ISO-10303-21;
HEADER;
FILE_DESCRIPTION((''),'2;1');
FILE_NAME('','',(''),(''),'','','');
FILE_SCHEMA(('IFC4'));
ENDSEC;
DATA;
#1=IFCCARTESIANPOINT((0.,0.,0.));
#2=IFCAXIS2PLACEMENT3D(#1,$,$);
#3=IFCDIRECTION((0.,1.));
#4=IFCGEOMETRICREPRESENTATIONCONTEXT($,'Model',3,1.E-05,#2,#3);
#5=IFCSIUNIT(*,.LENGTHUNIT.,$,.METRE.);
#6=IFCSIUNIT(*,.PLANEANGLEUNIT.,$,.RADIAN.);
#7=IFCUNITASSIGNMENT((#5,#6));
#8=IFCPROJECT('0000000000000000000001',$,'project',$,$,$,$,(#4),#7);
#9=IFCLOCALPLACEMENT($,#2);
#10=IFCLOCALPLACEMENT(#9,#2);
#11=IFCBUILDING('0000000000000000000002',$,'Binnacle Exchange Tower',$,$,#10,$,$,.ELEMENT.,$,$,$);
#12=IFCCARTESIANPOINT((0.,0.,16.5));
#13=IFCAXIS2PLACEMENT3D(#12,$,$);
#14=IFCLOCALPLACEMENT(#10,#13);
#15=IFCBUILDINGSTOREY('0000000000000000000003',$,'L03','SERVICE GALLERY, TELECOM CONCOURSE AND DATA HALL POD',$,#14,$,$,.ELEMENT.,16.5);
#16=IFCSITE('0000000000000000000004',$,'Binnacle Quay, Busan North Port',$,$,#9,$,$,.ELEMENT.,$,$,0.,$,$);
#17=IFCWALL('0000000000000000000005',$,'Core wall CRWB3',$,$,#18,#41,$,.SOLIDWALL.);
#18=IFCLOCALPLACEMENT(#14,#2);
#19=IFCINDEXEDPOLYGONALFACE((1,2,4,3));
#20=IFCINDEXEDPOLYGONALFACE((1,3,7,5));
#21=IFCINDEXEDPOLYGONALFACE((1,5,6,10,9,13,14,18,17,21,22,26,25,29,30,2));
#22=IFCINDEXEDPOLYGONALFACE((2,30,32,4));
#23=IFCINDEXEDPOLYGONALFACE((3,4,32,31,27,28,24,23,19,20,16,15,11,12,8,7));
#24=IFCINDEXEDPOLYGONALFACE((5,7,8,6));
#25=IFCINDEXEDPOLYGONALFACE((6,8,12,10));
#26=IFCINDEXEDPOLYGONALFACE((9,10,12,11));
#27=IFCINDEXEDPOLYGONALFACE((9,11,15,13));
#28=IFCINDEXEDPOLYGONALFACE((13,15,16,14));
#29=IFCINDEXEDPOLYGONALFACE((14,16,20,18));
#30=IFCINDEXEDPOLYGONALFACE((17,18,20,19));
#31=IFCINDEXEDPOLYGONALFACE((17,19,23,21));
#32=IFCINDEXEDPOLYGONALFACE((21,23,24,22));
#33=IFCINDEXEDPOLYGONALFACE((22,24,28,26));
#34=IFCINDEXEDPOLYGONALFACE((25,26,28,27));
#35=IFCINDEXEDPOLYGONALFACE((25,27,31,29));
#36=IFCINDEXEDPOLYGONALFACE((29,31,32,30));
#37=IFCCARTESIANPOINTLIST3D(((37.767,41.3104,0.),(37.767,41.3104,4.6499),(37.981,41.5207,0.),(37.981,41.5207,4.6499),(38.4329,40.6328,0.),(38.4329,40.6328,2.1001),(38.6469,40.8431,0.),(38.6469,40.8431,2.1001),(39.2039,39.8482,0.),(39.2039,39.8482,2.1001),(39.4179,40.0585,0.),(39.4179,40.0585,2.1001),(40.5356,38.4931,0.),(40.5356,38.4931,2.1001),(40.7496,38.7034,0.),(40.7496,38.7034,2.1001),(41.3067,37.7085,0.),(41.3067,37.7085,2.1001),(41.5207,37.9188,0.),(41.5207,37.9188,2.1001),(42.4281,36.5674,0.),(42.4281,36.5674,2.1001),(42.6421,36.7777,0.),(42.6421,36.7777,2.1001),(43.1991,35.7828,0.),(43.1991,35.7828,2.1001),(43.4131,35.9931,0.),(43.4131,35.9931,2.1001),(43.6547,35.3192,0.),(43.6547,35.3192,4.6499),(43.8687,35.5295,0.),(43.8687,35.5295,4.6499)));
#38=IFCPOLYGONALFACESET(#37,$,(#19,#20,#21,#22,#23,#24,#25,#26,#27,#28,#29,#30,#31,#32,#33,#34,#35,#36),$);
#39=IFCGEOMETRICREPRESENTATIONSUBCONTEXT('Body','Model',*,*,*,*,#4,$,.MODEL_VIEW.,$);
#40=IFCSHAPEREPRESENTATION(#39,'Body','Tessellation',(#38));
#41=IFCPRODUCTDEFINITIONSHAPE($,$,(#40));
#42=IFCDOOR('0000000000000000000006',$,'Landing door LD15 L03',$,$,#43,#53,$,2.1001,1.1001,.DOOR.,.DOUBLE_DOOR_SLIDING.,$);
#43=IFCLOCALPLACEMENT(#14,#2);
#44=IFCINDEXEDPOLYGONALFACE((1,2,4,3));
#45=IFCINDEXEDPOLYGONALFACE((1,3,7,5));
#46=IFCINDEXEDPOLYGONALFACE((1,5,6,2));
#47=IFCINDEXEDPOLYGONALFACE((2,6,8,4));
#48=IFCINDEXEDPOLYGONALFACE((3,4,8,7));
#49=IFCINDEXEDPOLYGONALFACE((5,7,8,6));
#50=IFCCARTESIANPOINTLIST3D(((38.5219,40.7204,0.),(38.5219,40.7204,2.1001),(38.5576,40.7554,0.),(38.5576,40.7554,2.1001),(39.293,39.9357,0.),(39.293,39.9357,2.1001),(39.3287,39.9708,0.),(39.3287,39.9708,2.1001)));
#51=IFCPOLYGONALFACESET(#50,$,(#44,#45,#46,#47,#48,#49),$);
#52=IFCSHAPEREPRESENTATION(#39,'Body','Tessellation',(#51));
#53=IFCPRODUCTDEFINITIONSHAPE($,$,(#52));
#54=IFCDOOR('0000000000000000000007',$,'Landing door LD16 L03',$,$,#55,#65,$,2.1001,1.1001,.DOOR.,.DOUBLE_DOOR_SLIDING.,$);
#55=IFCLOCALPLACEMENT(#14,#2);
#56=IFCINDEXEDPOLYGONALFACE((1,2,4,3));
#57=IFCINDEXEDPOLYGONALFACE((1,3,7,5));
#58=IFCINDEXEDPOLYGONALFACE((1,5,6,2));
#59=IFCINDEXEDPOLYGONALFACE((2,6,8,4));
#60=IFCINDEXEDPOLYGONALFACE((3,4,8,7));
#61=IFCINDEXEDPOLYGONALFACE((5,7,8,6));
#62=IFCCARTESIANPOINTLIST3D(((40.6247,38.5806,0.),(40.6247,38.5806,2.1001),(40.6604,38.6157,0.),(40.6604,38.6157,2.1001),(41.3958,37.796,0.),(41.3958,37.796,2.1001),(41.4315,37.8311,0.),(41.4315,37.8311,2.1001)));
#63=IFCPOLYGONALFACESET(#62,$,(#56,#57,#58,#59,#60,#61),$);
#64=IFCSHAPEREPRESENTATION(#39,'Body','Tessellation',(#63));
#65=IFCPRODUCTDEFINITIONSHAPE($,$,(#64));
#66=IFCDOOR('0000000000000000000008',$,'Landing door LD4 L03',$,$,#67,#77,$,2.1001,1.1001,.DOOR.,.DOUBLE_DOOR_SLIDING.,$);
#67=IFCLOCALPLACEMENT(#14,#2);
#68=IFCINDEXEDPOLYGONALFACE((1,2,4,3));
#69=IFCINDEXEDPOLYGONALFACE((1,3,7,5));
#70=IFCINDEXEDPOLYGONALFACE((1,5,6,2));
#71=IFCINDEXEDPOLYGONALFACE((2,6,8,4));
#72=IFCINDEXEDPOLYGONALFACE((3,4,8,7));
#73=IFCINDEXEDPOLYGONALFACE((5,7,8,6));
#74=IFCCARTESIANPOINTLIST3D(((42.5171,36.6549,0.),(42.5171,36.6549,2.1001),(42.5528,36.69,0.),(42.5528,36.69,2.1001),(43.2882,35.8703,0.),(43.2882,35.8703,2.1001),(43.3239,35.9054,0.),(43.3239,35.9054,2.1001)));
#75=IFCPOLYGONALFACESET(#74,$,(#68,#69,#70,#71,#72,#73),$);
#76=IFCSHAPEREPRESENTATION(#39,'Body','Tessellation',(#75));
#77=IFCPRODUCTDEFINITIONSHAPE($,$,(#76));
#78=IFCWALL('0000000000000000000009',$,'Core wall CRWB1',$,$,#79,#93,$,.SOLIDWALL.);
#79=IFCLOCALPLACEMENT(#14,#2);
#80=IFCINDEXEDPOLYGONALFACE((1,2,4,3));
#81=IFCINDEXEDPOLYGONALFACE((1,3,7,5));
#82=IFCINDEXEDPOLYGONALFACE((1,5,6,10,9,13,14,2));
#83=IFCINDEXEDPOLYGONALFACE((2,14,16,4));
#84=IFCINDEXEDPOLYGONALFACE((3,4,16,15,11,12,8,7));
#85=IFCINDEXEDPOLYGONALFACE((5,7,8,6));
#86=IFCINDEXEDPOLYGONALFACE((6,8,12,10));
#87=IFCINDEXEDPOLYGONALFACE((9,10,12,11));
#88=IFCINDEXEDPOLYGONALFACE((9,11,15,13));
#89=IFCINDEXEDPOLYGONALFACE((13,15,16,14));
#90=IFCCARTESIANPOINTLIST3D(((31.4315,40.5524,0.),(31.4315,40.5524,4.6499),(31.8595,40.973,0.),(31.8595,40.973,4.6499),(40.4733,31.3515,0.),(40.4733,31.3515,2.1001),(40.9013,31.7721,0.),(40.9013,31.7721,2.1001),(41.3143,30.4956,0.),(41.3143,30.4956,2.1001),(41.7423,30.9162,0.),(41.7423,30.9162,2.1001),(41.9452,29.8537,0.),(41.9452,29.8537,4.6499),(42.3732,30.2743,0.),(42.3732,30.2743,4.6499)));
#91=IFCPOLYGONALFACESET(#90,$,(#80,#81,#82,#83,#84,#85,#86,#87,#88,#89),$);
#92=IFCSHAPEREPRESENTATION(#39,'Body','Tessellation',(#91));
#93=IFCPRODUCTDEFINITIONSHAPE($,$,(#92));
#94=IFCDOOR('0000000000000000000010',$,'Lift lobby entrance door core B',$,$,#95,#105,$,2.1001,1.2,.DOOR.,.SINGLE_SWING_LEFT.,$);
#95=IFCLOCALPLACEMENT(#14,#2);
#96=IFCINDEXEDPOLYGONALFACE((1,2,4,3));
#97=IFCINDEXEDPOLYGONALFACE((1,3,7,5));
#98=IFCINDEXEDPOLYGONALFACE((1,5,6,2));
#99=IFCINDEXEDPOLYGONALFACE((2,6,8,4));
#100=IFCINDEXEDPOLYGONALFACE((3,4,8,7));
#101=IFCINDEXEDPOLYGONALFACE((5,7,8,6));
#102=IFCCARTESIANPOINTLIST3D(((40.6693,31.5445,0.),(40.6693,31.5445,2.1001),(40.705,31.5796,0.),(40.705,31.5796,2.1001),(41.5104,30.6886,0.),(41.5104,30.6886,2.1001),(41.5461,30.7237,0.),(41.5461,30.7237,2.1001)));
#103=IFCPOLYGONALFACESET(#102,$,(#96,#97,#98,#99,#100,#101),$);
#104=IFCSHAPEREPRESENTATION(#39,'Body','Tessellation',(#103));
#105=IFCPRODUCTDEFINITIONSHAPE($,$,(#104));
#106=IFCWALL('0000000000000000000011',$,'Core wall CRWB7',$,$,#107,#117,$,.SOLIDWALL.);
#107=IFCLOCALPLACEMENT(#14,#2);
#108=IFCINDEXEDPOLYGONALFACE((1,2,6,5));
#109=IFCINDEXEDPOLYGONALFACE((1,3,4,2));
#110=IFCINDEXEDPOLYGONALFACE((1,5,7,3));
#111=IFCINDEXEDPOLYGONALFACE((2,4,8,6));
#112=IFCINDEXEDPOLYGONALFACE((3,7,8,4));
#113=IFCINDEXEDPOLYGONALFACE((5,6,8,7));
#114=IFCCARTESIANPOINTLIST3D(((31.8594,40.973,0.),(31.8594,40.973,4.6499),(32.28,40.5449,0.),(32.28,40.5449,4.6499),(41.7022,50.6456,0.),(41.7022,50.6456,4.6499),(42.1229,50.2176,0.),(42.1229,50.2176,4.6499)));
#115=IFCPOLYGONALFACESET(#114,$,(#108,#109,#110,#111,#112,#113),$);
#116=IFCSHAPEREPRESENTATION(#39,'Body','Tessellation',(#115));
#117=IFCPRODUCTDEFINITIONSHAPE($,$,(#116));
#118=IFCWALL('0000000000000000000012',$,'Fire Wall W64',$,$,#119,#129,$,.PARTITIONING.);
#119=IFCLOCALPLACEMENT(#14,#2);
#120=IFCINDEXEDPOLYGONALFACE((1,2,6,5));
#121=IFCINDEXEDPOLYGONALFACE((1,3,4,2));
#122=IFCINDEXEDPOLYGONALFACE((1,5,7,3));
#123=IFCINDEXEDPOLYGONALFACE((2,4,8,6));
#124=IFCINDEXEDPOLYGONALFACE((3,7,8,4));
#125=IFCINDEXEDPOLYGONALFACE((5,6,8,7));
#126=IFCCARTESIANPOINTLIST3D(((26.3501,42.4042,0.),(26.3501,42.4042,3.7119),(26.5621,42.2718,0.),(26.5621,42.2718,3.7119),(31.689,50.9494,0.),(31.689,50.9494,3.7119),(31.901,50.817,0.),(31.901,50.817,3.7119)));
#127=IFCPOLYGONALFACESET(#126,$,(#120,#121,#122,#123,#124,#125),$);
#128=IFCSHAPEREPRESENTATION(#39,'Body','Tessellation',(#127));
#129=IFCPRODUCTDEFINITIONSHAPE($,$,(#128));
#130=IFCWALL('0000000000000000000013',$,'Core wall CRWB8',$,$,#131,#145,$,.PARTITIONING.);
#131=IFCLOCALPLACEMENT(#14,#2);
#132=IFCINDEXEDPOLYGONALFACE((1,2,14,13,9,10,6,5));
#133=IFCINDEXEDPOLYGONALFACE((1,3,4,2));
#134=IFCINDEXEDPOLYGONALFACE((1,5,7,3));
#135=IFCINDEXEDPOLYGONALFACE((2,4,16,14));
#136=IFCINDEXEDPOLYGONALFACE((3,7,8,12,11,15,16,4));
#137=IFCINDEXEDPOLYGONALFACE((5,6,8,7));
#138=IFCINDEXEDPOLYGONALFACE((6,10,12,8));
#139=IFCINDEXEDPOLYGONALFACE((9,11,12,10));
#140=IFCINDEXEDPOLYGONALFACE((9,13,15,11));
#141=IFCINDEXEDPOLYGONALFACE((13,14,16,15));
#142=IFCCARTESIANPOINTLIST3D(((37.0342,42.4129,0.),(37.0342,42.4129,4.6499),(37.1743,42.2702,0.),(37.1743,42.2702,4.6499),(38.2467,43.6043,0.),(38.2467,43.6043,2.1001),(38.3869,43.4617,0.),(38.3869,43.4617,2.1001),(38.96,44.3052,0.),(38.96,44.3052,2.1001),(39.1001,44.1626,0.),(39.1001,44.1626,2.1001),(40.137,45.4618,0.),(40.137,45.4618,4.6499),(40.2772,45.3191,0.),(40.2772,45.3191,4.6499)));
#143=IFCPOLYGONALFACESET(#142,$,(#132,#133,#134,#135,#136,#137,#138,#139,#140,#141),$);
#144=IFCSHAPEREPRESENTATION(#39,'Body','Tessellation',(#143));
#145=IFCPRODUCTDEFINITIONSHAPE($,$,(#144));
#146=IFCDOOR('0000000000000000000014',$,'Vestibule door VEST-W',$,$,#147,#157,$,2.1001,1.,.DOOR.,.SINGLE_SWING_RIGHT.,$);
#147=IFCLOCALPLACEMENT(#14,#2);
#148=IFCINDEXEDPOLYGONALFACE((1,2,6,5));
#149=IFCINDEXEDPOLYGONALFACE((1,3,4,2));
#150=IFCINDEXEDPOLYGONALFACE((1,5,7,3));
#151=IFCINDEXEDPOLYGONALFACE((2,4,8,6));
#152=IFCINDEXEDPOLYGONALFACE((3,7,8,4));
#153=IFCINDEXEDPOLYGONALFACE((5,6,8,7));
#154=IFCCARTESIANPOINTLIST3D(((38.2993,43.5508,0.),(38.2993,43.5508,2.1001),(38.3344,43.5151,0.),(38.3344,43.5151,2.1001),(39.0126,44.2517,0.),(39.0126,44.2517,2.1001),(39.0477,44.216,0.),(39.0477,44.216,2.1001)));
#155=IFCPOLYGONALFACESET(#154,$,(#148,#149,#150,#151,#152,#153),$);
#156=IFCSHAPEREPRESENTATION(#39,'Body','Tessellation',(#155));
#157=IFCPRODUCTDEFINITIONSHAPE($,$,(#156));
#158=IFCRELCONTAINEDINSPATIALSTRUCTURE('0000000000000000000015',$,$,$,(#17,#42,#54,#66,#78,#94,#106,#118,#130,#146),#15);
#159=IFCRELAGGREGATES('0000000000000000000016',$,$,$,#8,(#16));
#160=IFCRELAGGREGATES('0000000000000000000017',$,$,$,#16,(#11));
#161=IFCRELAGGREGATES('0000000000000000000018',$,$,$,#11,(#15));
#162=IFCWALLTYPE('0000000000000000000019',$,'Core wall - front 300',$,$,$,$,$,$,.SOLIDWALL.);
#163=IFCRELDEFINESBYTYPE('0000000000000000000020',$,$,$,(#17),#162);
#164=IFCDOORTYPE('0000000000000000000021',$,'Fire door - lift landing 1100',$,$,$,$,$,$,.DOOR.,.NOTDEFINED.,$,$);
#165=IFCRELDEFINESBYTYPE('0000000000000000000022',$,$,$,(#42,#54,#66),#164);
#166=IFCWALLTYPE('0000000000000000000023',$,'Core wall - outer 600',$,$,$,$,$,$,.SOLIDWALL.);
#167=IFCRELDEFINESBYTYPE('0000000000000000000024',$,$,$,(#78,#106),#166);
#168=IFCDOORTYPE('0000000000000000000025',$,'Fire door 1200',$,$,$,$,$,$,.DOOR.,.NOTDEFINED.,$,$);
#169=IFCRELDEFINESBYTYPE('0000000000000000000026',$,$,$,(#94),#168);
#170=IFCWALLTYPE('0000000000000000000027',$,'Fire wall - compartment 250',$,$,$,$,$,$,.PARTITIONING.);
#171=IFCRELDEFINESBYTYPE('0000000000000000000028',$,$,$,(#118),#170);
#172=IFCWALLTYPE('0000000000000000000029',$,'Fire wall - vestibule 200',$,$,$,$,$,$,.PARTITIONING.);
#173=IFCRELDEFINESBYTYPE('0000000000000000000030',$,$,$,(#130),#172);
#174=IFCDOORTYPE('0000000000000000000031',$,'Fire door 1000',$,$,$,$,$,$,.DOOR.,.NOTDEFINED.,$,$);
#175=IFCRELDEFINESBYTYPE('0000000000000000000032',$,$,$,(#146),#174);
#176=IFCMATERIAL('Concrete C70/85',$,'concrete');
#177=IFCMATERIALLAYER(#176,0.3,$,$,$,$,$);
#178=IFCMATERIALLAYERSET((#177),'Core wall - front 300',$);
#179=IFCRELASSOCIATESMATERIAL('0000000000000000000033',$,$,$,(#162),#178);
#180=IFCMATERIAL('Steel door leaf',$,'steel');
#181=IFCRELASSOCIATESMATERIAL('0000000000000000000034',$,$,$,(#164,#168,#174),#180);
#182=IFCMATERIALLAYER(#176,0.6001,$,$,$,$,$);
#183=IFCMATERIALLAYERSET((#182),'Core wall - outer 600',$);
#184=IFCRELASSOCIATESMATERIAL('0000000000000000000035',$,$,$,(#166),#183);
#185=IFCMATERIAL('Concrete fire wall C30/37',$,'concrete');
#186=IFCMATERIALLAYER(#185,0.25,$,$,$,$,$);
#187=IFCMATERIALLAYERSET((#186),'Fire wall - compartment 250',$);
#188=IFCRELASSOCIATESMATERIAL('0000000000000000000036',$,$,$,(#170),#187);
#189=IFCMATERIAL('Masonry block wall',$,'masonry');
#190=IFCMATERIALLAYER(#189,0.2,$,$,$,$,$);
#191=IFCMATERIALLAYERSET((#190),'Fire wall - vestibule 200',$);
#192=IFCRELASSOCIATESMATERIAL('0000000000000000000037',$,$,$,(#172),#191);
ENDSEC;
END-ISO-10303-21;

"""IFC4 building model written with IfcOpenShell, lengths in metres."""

from ifc_helpers import new_model, si_unit, direction, frame, frame_2d, origin, place, context, subcontext, project, spatial, rectangle, extrude, material, layer, layer_set, type_object, element, fill, save


model = new_model("IFC4")

# Units and contexts
model_context = context("Model", 3, precision=1e-05, world=origin(), true_north=direction((0.0, 1.0)))
body_context = subcontext(model_context, "Body", "Model", "MODEL_VIEW")
ifc_project = project(units=[si_unit("LENGTHUNIT", "METRE"), si_unit("PLANEANGLEUNIT", "RADIAN")], contexts=[model_context])

# Site, building, storey
site_placement = place(None, origin())
site = spatial("IfcSite", under=ifc_project, at=site_placement, Name="Binnacle Quay, Busan North Port", CompositionType="ELEMENT", RefElevation=0.0)
building_placement = place(site_placement, origin())
building = spatial("IfcBuilding", under=site, at=building_placement, Name="Binnacle Exchange Tower", CompositionType="ELEMENT")
storey_placement = place(building_placement, frame((0.0, 0.0, 16.5)))
storey = spatial("IfcBuildingStorey", under=building, at=storey_placement, Name="L03", Description="SERVICE GALLERY, TELECOM CONCOURSE AND DATA HALL POD", CompositionType="ELEMENT", Elevation=16.5)

# Shared definitions
ifc_material_1 = material(Name="Concrete C70/85", Category="concrete")

# Wall, openings, doors
ifc_layer_1 = layer(ifc_material_1, 0.3)
ifc_layer_set_1 = layer_set([ifc_layer_1], Name="Core wall - front 300")
wall_type_1 = type_object("IfcWallType", Name="Core wall - front 300", PredefinedType="SOLIDWALL", material=ifc_layer_set_1)
wall_1_placement = place(storey_placement, frame((37.874, 41.4155, 0.0), z_axis=(0.0, 0.0, 1.0), x_axis=(0.700918, -0.713242, 0.0)))
wall_1 = element("IfcWall", 1, at=wall_1_placement, inside=storey, type_object=wall_type_1, Name="Core wall CRWB3", PredefinedType="SOLIDWALL", context=body_context, shape_type="SweptSolid", body=[
    extrude(rectangle(XDim=8.3999, YDim=0.3, at=frame_2d((4.2, 0.0))), origin(), (0.0, 0.0, 1.0), 4.6499),
])
opening_1_placement = place(wall_1_placement, frame((0.95, 0.0, 0.0)))
opening_1 = element("IfcOpeningElement", 2, at=opening_1_placement, cuts=wall_1, PredefinedType="OPENING", context=body_context, shape_type="SweptSolid", body=[
    extrude(rectangle(XDim=1.1001, YDim=2.1001, at=frame_2d((0.55, 1.05))), frame((0.0, 0.1599, 0.0), z_axis=(0.0, -1.0, 0.0), x_axis=(1.0, 0.0, 0.0)), (0.0, 0.0, 1.0), 0.3201),
])
opening_2_placement = place(wall_1_placement, frame((3.95, 0.0, 0.0)))
opening_2 = element("IfcOpeningElement", 3, at=opening_2_placement, cuts=wall_1, PredefinedType="OPENING", context=body_context, shape_type="SweptSolid", body=[
    extrude(rectangle(XDim=1.1001, YDim=2.1001, at=frame_2d((0.55, 1.05))), frame((0.0, 0.1599, 0.0), z_axis=(0.0, -1.0, 0.0), x_axis=(1.0, 0.0, 0.0)), (0.0, 0.0, 1.0), 0.3201),
])
opening_3_placement = place(wall_1_placement, frame((6.6499, 0.0, 0.0)))
opening_3 = element("IfcOpeningElement", 4, at=opening_3_placement, cuts=wall_1, PredefinedType="OPENING", context=body_context, shape_type="SweptSolid", body=[
    extrude(rectangle(XDim=1.1001, YDim=2.1001, at=frame_2d((0.55, 1.05))), frame((0.0, 0.1599, 0.0), z_axis=(0.0, -1.0, 0.0), x_axis=(1.0, 0.0, 0.0)), (0.0, 0.0, 1.0), 0.3201),
])
ifc_material_2 = material(Name="Steel door leaf", Category="steel")
door_type_1 = type_object("IfcDoorType", Name="Fire door - lift landing 1100", OperationType="NOTDEFINED", PredefinedType="DOOR", material=ifc_material_2)
door_1_placement = place(opening_1_placement, origin())
door_1 = element("IfcDoor", 5, at=door_1_placement, inside=storey, type_object=door_type_1, Name="Landing door LD15 L03", OperationType="DOUBLE_DOOR_SLIDING", OverallHeight=2.1001, OverallWidth=1.1001, PredefinedType="DOOR", context=body_context, shape_type="SweptSolid", body=[
    extrude(rectangle(XDim=1.1001, YDim=2.1001, at=frame_2d((0.55, 1.05))), frame((0.0, 0.0249, 0.0), z_axis=(0.0, -1.0, 0.0), x_axis=(1.0, 0.0, 0.0)), (0.0, 0.0, 1.0), 0.05),
])
fill(opening_1, door_1)
door_2_placement = place(opening_2_placement, origin())
door_2 = element("IfcDoor", 6, at=door_2_placement, inside=storey, type_object=door_type_1, Name="Landing door LD16 L03", OperationType="DOUBLE_DOOR_SLIDING", OverallHeight=2.1001, OverallWidth=1.1001, PredefinedType="DOOR", context=body_context, shape_type="SweptSolid", body=[
    extrude(rectangle(XDim=1.1001, YDim=2.1001, at=frame_2d((0.55, 1.05))), frame((0.0, 0.0249, 0.0), z_axis=(0.0, -1.0, 0.0), x_axis=(1.0, 0.0, 0.0)), (0.0, 0.0, 1.0), 0.05),
])
fill(opening_2, door_2)
door_3_placement = place(opening_3_placement, origin())
door_3 = element("IfcDoor", 7, at=door_3_placement, inside=storey, type_object=door_type_1, Name="Landing door LD4 L03", OperationType="DOUBLE_DOOR_SLIDING", OverallHeight=2.1001, OverallWidth=1.1001, PredefinedType="DOOR", context=body_context, shape_type="SweptSolid", body=[
    extrude(rectangle(XDim=1.1001, YDim=2.1001, at=frame_2d((0.55, 1.05))), frame((0.0, 0.0249, 0.0), z_axis=(0.0, -1.0, 0.0), x_axis=(1.0, 0.0, 0.0)), (0.0, 0.0, 1.0), 0.05),
])
fill(opening_3, door_3)

# Wall, opening, door
ifc_layer_2 = layer(ifc_material_1, 0.6001)
ifc_layer_set_2 = layer_set([ifc_layer_2], Name="Core wall - outer 600")
wall_type_2 = type_object("IfcWallType", Name="Core wall - outer 600", PredefinedType="SOLIDWALL", material=ifc_layer_set_2)
wall_2_placement = place(storey_placement, frame((31.6455, 40.7627, 0.0), z_axis=(0.0, 0.0, 1.0), x_axis=(0.700911, -0.713248, 0.0)))
wall_2 = element("IfcWall", 8, at=wall_2_placement, inside=storey, type_object=wall_type_2, Name="Core wall CRWB1", PredefinedType="SOLIDWALL", context=body_context, shape_type="SweptSolid", body=[
    extrude(rectangle(XDim=15.0, YDim=0.6001, at=frame_2d((7.5, 0.0))), origin(), (0.0, 0.0, 1.0), 4.6499),
])
opening_4_placement = place(wall_2_placement, frame((12.8999, 0.0, 0.0)))
opening_4 = element("IfcOpeningElement", 9, at=opening_4_placement, cuts=wall_2, PredefinedType="OPENING", context=body_context, shape_type="SweptSolid", body=[
    extrude(rectangle(XDim=1.2, YDim=2.1001, at=frame_2d((0.6001, 1.05))), frame((0.0, 0.3101, 0.0), z_axis=(0.0, -1.0, 0.0), x_axis=(1.0, 0.0, 0.0)), (0.0, 0.0, 1.0), 0.6201),
])
door_type_2 = type_object("IfcDoorType", Name="Fire door 1200", OperationType="NOTDEFINED", PredefinedType="DOOR", material=ifc_material_2)
door_4_placement = place(opening_4_placement, frame((1.2, 0.0, 0.0), z_axis=(0.0, 0.0, 1.0), x_axis=(-1.0, 0.0, 0.0)))
door_4 = element("IfcDoor", 10, at=door_4_placement, inside=storey, type_object=door_type_2, Name="Lift lobby entrance door core B", OperationType="SINGLE_SWING_LEFT", OverallHeight=2.1001, OverallWidth=1.2, PredefinedType="DOOR", context=body_context, shape_type="SweptSolid", body=[
    extrude(rectangle(XDim=1.2, YDim=2.1001, at=frame_2d((0.6001, 1.05))), frame((0.0, 0.0249, 0.0), z_axis=(0.0, -1.0, 0.0), x_axis=(1.0, 0.0, 0.0)), (0.0, 0.0, 1.0), 0.05),
])
fill(opening_4, door_4)

# Walls
wall_3_placement = place(storey_placement, frame((32.0698, 40.759, 0.0), z_axis=(0.0, 0.0, 1.0), x_axis=(0.713245, 0.700914, 0.0)))
element("IfcWall", 11, at=wall_3_placement, inside=storey, type_object=wall_type_2, Name="Core wall CRWB7", PredefinedType="SOLIDWALL", context=body_context, shape_type="SweptSolid", body=[
    extrude(rectangle(XDim=13.8, YDim=0.6001, at=frame_2d((6.8999, 0.0))), origin(), (0.0, 0.0, 1.0), 4.6499),
])
ifc_material_3 = material(Name="Concrete fire wall C30/37", Category="concrete")
ifc_layer_3 = layer(ifc_material_3, 0.25)
ifc_layer_set_3 = layer_set([ifc_layer_3], Name="Fire wall - compartment 250")
wall_type_3 = type_object("IfcWallType", Name="Fire wall - compartment 250", PredefinedType="PARTITIONING", material=ifc_layer_set_3)
wall_4_placement = place(storey_placement, frame((26.4561, 42.3379, 0.0), z_axis=(0.0, 0.0, 1.0), x_axis=(0.529866, 0.848081, 0.0)))
element("IfcWall", 12, at=wall_4_placement, inside=storey, type_object=wall_type_3, Name="Fire Wall W64", PredefinedType="PARTITIONING", context=body_context, shape_type="SweptSolid", body=[
    extrude(rectangle(XDim=10.0759, YDim=0.25, at=frame_2d((5.0381, 0.0))), origin(), (0.0, 0.0, 1.0), 3.7119),
])

# Wall, opening, door
ifc_material_4 = material(Name="Masonry block wall", Category="masonry")
ifc_layer_4 = layer(ifc_material_4, 0.2)
ifc_layer_set_4 = layer_set([ifc_layer_4], Name="Fire wall - vestibule 200")
wall_type_4 = type_object("IfcWallType", Name="Fire wall - vestibule 200", PredefinedType="PARTITIONING", material=ifc_layer_set_4)
wall_5_placement = place(storey_placement, frame((37.1042, 42.3416, 0.0), z_axis=(0.0, 0.0, 1.0), x_axis=(0.713281, 0.700878, 0.0)))
wall_5 = element("IfcWall", 13, at=wall_5_placement, inside=storey, type_object=wall_type_4, Name="Core wall CRWB8", PredefinedType="PARTITIONING", context=body_context, shape_type="SweptSolid", body=[
    extrude(rectangle(XDim=4.3501, YDim=0.2, at=frame_2d((2.175, 0.0))), origin(), (0.0, 0.0, 1.0), 4.6499),
])
opening_5_placement = place(wall_5_placement, frame((1.7, 0.0, 0.0)))
opening_5 = element("IfcOpeningElement", 14, at=opening_5_placement, cuts=wall_5, PredefinedType="OPENING", context=body_context, shape_type="SweptSolid", body=[
    extrude(rectangle(XDim=1.0, YDim=2.1001, at=frame_2d((0.5, 1.05))), frame((0.0, 0.1099, 0.0), z_axis=(0.0, -1.0, 0.0), x_axis=(1.0, 0.0, 0.0)), (0.0, 0.0, 1.0), 0.22),
])
door_type_3 = type_object("IfcDoorType", Name="Fire door 1000", OperationType="NOTDEFINED", PredefinedType="DOOR", material=ifc_material_2)
door_5_placement = place(opening_5_placement, origin())
door_5 = element("IfcDoor", 15, at=door_5_placement, inside=storey, type_object=door_type_3, Name="Vestibule door VEST-W", OperationType="SINGLE_SWING_RIGHT", OverallHeight=2.1001, OverallWidth=1.0, PredefinedType="DOOR", context=body_context, shape_type="SweptSolid", body=[
    extrude(rectangle(XDim=1.0, YDim=2.1001, at=frame_2d((0.5, 1.05))), frame((0.0, 0.0249, 0.0), z_axis=(0.0, -1.0, 0.0), x_axis=(1.0, 0.0, 0.0)), (0.0, 0.0, 1.0), 0.05),
])
fill(opening_5, door_5)

save(model, "model.ifc")
